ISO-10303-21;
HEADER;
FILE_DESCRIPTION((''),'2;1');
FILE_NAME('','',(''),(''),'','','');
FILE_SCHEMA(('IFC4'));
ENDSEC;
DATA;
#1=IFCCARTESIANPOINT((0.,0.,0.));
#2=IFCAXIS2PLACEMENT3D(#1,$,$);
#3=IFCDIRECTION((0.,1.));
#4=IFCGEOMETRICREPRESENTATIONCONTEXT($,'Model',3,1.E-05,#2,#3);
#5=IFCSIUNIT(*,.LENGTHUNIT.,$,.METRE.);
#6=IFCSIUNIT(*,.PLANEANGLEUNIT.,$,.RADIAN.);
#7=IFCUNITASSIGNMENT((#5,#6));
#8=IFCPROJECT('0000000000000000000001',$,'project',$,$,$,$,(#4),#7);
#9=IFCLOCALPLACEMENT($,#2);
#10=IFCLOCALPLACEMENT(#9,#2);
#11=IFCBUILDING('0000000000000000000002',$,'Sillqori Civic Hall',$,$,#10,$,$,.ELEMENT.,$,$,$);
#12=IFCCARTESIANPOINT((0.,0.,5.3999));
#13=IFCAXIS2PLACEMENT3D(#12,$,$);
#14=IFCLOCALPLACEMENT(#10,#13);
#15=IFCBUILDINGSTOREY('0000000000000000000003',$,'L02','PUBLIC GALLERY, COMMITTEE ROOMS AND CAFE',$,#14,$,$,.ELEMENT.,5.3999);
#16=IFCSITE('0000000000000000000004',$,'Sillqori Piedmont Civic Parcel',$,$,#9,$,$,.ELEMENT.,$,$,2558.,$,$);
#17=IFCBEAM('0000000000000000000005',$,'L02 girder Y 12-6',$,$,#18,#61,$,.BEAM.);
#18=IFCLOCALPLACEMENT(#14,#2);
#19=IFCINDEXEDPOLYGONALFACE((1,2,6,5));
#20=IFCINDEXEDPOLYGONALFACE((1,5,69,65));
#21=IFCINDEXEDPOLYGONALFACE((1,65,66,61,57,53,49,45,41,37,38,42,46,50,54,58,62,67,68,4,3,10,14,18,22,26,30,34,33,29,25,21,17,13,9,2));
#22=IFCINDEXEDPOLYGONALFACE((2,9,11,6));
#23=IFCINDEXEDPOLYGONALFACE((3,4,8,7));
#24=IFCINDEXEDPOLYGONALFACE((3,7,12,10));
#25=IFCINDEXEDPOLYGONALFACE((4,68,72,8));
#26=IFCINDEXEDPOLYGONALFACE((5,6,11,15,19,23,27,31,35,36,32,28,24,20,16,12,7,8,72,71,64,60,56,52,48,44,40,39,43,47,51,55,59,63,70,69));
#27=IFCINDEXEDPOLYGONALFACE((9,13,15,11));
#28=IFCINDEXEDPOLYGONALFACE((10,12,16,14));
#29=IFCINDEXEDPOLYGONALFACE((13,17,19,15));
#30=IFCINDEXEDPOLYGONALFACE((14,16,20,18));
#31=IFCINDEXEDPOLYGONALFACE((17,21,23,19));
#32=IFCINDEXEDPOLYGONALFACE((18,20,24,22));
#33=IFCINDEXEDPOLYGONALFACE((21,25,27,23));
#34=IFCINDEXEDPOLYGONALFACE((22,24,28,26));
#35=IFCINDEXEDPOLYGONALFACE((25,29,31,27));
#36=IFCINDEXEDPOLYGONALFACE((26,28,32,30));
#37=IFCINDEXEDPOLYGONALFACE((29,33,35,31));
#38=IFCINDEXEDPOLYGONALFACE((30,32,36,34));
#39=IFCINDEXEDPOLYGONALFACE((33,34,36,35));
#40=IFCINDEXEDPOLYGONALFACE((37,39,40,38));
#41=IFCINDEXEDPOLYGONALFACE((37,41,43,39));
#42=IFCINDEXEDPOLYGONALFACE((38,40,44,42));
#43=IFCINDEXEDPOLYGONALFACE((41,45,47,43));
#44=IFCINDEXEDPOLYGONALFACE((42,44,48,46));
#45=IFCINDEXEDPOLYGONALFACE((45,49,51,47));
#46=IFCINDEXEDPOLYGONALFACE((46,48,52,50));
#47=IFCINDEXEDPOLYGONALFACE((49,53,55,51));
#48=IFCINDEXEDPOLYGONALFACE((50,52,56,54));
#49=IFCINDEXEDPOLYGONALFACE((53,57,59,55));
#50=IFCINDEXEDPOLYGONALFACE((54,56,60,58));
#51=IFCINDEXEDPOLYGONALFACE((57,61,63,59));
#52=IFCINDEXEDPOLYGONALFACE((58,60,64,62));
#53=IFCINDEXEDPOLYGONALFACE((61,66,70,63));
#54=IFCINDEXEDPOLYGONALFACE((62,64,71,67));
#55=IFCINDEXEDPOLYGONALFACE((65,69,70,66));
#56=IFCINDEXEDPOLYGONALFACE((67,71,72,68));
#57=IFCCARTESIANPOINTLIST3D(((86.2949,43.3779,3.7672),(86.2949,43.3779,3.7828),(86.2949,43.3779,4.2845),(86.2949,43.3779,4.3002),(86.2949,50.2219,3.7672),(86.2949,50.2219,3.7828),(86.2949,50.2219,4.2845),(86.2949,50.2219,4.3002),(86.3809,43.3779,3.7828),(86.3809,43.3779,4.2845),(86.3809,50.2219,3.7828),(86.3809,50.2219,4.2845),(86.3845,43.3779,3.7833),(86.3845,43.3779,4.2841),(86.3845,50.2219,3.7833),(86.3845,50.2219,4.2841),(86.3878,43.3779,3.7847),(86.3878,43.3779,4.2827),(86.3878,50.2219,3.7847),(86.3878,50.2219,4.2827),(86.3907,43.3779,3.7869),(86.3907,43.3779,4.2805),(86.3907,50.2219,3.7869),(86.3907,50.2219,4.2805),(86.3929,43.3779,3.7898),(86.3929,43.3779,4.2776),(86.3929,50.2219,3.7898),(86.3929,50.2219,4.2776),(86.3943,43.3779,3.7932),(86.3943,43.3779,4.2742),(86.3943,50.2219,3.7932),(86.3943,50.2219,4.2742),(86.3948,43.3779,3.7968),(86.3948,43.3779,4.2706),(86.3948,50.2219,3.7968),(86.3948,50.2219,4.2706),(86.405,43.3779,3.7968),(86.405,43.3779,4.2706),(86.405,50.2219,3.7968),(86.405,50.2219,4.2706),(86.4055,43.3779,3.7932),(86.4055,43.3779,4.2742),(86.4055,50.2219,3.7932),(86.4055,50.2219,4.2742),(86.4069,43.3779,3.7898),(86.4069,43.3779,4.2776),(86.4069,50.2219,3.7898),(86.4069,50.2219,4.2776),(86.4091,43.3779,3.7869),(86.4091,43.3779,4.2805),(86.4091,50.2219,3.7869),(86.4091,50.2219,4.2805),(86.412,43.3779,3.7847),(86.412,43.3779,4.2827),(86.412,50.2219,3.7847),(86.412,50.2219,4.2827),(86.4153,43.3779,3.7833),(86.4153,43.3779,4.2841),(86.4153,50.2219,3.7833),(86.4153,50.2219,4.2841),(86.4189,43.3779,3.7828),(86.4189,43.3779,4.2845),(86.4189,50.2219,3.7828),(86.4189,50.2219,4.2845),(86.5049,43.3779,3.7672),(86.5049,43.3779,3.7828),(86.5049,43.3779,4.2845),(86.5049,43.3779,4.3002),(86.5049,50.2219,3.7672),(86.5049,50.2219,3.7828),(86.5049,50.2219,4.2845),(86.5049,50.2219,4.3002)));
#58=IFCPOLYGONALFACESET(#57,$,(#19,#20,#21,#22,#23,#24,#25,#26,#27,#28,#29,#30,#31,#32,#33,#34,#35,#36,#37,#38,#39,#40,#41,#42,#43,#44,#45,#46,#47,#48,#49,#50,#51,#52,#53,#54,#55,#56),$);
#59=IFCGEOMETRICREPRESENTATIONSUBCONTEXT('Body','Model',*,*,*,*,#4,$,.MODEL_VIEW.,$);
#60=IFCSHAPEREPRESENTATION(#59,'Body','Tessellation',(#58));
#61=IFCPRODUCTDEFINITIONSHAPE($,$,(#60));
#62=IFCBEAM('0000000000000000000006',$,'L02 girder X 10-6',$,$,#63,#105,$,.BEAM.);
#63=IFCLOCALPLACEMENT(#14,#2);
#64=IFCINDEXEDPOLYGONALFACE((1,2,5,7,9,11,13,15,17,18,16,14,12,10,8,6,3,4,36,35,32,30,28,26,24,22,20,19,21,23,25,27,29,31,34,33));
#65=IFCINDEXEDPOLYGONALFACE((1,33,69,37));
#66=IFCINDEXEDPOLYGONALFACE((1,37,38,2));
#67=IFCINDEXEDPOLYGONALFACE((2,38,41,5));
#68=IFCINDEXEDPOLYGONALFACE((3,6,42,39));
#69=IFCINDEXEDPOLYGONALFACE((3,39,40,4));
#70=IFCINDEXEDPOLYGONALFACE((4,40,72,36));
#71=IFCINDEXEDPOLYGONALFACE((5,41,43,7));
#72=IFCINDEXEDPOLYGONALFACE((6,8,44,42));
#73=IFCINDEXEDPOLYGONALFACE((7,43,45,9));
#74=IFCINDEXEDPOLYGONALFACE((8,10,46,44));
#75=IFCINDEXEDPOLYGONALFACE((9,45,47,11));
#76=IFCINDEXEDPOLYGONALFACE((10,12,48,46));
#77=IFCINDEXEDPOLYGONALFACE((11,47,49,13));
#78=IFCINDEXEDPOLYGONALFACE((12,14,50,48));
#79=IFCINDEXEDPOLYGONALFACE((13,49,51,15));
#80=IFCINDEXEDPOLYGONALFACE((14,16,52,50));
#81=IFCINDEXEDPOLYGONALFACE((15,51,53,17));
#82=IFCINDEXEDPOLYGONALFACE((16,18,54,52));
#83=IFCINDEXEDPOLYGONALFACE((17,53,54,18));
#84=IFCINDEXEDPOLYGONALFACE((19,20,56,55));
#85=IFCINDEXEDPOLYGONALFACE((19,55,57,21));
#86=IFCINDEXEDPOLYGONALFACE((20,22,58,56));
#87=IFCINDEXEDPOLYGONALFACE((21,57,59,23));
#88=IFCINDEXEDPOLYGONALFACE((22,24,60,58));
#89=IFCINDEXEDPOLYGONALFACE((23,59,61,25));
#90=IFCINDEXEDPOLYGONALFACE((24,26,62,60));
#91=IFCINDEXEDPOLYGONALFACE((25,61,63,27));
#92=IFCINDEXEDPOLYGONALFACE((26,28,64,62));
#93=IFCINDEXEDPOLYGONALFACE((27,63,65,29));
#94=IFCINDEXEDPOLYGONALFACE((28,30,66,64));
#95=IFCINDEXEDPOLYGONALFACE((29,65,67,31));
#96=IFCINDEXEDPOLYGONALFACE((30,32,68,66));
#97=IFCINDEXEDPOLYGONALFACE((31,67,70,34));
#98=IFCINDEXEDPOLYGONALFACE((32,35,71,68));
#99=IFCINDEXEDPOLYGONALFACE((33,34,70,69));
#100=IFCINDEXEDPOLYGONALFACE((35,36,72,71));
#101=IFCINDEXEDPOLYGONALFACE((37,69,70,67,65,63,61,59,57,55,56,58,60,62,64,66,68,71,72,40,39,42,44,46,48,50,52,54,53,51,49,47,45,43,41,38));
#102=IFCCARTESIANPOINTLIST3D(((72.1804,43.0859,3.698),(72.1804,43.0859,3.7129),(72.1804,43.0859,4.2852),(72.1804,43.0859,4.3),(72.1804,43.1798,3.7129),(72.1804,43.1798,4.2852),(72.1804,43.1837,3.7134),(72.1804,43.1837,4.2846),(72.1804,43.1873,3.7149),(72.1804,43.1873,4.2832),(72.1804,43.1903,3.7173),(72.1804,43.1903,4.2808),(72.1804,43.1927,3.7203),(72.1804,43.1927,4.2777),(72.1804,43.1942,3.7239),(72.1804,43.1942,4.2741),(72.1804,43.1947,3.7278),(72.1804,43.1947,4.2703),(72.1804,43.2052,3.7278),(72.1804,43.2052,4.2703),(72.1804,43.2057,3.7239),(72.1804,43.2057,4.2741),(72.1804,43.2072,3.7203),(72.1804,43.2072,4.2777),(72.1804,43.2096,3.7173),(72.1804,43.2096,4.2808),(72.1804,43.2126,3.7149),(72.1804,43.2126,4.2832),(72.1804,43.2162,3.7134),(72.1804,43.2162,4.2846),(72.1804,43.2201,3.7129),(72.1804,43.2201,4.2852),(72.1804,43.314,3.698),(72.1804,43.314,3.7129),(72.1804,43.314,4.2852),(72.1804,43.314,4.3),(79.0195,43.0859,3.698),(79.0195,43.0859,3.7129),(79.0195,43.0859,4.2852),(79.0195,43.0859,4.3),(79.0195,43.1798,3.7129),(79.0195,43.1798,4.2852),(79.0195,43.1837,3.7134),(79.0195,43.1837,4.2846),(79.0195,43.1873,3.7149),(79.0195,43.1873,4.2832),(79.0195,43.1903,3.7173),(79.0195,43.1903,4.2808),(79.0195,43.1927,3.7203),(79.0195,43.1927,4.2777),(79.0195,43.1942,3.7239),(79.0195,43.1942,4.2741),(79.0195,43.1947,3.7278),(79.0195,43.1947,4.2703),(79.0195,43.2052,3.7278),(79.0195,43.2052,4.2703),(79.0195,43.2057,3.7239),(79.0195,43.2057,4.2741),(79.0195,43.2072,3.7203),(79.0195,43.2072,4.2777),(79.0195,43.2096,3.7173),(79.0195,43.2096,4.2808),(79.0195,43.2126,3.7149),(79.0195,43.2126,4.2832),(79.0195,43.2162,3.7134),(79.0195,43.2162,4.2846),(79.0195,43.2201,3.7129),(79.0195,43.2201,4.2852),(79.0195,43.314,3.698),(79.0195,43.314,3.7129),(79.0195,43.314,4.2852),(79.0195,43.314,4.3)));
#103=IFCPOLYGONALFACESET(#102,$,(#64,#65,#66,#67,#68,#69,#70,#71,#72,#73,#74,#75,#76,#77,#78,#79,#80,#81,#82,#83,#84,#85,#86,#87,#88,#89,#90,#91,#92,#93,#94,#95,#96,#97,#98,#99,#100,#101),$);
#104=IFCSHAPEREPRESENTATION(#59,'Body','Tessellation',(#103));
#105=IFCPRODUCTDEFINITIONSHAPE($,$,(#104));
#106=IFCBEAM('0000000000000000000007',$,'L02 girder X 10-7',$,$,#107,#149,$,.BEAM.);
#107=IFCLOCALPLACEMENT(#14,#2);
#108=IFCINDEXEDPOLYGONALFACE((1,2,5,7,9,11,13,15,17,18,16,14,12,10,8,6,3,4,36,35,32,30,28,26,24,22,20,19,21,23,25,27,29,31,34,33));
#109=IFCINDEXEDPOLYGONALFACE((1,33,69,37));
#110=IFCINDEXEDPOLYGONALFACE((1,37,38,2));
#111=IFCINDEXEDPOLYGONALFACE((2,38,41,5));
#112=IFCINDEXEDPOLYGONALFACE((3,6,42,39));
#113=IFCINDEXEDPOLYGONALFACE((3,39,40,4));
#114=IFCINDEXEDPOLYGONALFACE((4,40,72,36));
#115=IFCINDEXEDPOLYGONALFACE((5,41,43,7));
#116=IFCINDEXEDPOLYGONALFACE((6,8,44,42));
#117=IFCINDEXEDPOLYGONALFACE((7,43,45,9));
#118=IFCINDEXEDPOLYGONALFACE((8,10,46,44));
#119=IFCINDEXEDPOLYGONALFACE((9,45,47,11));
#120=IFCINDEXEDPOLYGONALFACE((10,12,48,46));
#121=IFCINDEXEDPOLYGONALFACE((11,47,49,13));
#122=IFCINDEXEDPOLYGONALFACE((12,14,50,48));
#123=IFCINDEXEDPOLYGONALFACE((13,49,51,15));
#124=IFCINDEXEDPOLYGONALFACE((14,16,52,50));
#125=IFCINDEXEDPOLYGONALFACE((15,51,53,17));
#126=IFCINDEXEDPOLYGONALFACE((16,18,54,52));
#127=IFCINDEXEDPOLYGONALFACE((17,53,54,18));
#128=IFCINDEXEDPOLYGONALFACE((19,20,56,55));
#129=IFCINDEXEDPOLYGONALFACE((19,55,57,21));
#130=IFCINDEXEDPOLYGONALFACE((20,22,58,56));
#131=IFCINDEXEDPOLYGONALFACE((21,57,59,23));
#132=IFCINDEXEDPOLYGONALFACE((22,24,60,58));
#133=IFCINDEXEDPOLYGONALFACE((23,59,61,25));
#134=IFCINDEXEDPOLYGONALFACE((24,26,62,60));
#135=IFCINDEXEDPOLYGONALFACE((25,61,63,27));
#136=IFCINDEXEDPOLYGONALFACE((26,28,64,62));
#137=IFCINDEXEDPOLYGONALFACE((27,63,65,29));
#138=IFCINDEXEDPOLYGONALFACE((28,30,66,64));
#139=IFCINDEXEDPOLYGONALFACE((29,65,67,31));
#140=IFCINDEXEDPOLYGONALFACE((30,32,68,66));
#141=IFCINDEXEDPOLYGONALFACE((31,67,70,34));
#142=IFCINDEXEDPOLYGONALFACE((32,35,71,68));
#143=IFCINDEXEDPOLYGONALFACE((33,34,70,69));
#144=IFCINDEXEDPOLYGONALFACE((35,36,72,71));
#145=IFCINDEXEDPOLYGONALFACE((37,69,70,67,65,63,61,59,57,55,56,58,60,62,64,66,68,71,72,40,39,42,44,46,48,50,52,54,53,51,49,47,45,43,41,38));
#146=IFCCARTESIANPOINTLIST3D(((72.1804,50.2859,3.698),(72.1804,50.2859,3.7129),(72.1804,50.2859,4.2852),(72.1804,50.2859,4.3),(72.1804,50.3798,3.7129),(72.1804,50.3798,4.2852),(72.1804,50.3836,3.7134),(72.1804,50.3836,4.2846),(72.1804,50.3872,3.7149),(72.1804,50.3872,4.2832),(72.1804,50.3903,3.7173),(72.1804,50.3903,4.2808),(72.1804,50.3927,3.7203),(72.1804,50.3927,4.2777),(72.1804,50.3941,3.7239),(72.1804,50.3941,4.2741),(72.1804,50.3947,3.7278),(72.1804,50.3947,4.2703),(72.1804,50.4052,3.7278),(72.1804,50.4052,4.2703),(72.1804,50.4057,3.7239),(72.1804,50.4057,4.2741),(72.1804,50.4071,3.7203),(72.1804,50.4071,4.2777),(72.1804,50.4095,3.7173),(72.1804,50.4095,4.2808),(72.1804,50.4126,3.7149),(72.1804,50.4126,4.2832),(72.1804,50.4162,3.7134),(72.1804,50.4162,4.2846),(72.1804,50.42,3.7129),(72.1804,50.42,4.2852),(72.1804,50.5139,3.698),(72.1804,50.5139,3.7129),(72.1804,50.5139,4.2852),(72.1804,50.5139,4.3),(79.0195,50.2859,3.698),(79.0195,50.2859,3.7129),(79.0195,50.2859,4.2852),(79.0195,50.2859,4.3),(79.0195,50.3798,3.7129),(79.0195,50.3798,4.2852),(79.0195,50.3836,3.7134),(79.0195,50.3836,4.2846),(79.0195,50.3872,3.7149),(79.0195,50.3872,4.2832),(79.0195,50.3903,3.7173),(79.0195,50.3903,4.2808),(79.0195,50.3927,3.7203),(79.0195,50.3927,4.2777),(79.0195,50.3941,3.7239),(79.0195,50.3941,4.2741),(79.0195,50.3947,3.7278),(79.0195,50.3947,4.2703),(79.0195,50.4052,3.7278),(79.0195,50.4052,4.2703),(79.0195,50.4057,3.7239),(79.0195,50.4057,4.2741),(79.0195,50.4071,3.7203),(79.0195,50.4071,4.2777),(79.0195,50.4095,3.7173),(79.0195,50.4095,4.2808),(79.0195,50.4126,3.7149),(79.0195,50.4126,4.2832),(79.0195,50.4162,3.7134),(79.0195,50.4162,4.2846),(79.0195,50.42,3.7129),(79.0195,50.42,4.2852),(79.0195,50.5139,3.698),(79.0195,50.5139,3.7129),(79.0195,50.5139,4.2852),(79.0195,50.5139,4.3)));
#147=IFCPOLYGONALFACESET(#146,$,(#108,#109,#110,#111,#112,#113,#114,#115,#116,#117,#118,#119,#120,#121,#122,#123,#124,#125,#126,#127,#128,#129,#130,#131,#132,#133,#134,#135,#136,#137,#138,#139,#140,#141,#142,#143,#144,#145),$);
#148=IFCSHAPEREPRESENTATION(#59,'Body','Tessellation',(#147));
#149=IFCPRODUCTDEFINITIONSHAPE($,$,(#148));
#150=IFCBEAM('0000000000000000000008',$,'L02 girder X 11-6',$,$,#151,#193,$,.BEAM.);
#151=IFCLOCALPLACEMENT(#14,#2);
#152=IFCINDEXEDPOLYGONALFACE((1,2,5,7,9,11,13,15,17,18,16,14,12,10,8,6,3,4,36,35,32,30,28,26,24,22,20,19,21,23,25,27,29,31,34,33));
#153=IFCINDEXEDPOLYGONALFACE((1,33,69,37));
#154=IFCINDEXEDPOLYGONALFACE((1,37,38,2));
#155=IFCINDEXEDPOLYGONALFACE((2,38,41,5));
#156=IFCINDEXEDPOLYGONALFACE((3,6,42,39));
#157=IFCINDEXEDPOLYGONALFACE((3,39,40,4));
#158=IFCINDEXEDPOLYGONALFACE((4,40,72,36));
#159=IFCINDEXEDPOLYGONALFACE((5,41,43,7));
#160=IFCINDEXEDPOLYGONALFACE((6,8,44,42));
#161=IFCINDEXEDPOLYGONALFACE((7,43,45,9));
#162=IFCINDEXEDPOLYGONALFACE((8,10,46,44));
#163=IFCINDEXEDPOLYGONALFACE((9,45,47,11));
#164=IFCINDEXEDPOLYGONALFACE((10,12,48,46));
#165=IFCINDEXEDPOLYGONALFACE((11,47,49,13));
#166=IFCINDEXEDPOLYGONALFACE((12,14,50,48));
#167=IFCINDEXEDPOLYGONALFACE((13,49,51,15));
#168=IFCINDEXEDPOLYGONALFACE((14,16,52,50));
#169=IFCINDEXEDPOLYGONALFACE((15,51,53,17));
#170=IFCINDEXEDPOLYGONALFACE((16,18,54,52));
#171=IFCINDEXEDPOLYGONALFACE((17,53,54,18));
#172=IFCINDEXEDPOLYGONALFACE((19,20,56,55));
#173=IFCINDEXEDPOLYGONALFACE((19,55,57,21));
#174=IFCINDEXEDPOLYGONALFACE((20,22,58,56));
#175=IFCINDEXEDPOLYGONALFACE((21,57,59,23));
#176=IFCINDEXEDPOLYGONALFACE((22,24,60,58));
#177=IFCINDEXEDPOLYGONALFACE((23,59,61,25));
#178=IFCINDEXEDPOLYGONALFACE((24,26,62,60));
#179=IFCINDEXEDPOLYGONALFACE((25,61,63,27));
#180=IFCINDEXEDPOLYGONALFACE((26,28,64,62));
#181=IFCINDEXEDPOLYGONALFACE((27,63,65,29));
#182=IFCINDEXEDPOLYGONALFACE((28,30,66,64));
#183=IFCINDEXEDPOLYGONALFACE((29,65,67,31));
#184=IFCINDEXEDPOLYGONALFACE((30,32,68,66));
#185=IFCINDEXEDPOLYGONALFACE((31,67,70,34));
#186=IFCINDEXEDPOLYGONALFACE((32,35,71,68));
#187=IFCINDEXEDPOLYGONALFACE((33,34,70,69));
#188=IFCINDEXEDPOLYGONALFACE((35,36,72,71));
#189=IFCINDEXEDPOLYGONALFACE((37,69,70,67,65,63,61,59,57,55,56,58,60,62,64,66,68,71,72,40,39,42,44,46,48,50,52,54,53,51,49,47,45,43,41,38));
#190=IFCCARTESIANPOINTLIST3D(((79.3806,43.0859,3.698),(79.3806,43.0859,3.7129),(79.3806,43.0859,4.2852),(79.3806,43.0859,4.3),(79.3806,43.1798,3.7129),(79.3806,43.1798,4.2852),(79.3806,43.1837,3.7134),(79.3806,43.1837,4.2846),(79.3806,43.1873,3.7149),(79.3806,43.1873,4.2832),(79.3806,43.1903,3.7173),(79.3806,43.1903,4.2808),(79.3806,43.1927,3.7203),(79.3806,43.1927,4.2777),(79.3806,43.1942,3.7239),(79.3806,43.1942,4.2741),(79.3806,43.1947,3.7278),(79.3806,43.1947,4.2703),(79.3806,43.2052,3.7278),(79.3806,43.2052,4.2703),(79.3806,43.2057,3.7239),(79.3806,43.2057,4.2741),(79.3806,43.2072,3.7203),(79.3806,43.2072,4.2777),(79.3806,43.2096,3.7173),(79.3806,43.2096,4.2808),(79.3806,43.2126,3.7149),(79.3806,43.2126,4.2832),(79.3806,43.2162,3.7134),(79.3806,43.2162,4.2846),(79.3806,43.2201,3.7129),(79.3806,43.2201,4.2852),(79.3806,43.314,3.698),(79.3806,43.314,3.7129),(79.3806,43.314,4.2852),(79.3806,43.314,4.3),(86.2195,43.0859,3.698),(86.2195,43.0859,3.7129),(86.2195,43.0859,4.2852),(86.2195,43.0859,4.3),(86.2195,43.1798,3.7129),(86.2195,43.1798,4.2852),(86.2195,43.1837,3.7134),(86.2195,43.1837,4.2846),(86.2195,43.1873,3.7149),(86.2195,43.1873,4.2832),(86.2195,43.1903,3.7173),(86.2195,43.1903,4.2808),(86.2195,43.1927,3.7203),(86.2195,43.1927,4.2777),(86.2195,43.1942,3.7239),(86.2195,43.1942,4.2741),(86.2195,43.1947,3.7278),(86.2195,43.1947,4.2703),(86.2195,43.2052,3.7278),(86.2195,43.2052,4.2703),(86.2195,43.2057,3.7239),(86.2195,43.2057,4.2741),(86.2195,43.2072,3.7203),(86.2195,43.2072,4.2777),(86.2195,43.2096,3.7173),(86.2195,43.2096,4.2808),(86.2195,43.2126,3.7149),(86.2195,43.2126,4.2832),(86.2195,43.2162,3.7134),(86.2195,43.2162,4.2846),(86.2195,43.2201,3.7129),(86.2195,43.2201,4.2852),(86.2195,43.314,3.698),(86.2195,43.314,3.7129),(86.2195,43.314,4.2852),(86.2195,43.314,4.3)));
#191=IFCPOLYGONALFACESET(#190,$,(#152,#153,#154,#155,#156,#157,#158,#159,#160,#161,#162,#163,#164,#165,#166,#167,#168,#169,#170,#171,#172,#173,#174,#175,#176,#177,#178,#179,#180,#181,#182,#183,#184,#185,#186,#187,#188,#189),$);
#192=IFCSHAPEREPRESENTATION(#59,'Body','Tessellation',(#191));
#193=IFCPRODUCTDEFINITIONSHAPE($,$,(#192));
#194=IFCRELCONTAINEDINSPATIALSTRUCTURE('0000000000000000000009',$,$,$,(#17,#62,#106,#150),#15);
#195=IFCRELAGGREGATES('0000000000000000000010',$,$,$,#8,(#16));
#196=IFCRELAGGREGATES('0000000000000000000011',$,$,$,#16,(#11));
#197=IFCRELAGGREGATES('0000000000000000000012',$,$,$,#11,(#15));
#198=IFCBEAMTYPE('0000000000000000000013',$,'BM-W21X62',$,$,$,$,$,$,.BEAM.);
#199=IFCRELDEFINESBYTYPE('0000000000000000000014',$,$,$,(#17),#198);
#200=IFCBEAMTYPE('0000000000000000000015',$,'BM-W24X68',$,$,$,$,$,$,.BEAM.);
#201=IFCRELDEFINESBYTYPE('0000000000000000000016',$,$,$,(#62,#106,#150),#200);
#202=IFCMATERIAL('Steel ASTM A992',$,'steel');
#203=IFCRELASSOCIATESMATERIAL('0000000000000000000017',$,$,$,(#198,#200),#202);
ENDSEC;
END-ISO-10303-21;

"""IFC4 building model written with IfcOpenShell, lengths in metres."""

from ifc_helpers import new_model, si_unit, direction, frame, origin, origin_2d, place, context, subcontext, project, spatial, i_section, extrude, material, material_profile, profile_set, type_object, element, save


model = new_model("IFC4")

# Units and contexts
model_context = context("Model", 3, precision=1e-05, world=origin(), true_north=direction((0.0, 1.0)))
body_context = subcontext(model_context, "Body", "Model", "MODEL_VIEW")
ifc_project = project(units=[si_unit("LENGTHUNIT", "METRE"), si_unit("PLANEANGLEUNIT", "RADIAN")], contexts=[model_context])

# Site, building, storey
site_placement = place(None, origin())
site = spatial("IfcSite", under=ifc_project, at=site_placement, Name="Sillqori Piedmont Civic Parcel", CompositionType="ELEMENT", RefElevation=2558.0)
building_placement = place(site_placement, origin())
building = spatial("IfcBuilding", under=site, at=building_placement, Name="Sillqori Civic Hall", CompositionType="ELEMENT")
storey_placement = place(building_placement, frame((0.0, 0.0, 5.3999)))
storey = spatial("IfcBuildingStorey", under=building, at=storey_placement, Name="L02", Description="PUBLIC GALLERY, COMMITTEE ROOMS AND CAFE", CompositionType="ELEMENT", Elevation=5.3999)

# Shared definitions
ifc_material_1 = material(Name="Steel ASTM A992", Category="steel")

# Beams
ifc_material_profile_1 = material_profile(ifc_material_1, i_section(OverallWidth=0.21, OverallDepth=0.533, WebThickness=0.0103, FlangeThickness=0.0156, FilletRadius=0.0139, at=origin_2d()), Name="W21X62")
ifc_profile_set_1 = profile_set([ifc_material_profile_1], Name="Steel ASTM A992")
beam_type_1 = type_object("IfcBeamType", Name="BM-W21X62", PredefinedType="BEAM", material=ifc_profile_set_1)
for number, where, z_axis, x_axis, name in (
    (1, (86.3999, 43.3779, 4.0337), (0.0, 1.0, 0.0), (-1.0, 0.0, 0.0), "L02 girder Y 12-6"),
):
    element("IfcBeam", number, at=place(storey_placement, frame(where, z_axis=z_axis, x_axis=x_axis)), inside=storey, type_object=beam_type_1, Name=name, PredefinedType="BEAM", context=body_context, shape_type="SweptSolid", body=[
        extrude(i_section(OverallWidth=0.21, OverallDepth=0.533, WebThickness=0.0103, FlangeThickness=0.0156, FilletRadius=0.0139, at=origin_2d()), origin(), (0.0, 0.0, 1.0), 6.844),
    ])
ifc_material_profile_2 = material_profile(ifc_material_1, i_section(OverallWidth=0.228, OverallDepth=0.6021, WebThickness=0.0105, FlangeThickness=0.0149, FilletRadius=0.0149, at=origin_2d()), Name="W24X68")
ifc_profile_set_2 = profile_set([ifc_material_profile_2], Name="Steel ASTM A992")
beam_type_2 = type_object("IfcBeamType", Name="BM-W24X68", PredefinedType="BEAM", material=ifc_profile_set_2)
for number, where, z_axis, x_axis, name in (
    (2, (72.1804, 43.2, 3.999), (1.0, 0.0, 0.0), (0.0, 1.0, 0.0), "L02 girder X 10-6"),
    (3, (72.1804, 50.3999, 3.999), (1.0, 0.0, 0.0), (0.0, 1.0, 0.0), "L02 girder X 10-7"),
):
    element("IfcBeam", number, at=place(storey_placement, frame(where, z_axis=z_axis, x_axis=x_axis)), inside=storey, type_object=beam_type_2, Name=name, PredefinedType="BEAM", context=body_context, shape_type="SweptSolid", body=[
        extrude(i_section(OverallWidth=0.228, OverallDepth=0.6021, WebThickness=0.0105, FlangeThickness=0.0149, FilletRadius=0.0149, at=origin_2d()), origin(), (0.0, 0.0, 1.0), 6.8391),
    ])
for number, where, z_axis, x_axis, name in (
    (4, (79.3806, 43.2, 3.999), (1.0, 0.0, 0.0), (0.0, 1.0, 0.0), "L02 girder X 11-6"),
):
    element("IfcBeam", number, at=place(storey_placement, frame(where, z_axis=z_axis, x_axis=x_axis)), inside=storey, type_object=beam_type_2, Name=name, PredefinedType="BEAM", context=body_context, shape_type="SweptSolid", body=[
        extrude(i_section(OverallWidth=0.228, OverallDepth=0.6021, WebThickness=0.0105, FlangeThickness=0.0149, FilletRadius=0.0149, at=origin_2d()), origin(), (0.0, 0.0, 1.0), 6.8389),
    ])

save(model, "model.ifc")
